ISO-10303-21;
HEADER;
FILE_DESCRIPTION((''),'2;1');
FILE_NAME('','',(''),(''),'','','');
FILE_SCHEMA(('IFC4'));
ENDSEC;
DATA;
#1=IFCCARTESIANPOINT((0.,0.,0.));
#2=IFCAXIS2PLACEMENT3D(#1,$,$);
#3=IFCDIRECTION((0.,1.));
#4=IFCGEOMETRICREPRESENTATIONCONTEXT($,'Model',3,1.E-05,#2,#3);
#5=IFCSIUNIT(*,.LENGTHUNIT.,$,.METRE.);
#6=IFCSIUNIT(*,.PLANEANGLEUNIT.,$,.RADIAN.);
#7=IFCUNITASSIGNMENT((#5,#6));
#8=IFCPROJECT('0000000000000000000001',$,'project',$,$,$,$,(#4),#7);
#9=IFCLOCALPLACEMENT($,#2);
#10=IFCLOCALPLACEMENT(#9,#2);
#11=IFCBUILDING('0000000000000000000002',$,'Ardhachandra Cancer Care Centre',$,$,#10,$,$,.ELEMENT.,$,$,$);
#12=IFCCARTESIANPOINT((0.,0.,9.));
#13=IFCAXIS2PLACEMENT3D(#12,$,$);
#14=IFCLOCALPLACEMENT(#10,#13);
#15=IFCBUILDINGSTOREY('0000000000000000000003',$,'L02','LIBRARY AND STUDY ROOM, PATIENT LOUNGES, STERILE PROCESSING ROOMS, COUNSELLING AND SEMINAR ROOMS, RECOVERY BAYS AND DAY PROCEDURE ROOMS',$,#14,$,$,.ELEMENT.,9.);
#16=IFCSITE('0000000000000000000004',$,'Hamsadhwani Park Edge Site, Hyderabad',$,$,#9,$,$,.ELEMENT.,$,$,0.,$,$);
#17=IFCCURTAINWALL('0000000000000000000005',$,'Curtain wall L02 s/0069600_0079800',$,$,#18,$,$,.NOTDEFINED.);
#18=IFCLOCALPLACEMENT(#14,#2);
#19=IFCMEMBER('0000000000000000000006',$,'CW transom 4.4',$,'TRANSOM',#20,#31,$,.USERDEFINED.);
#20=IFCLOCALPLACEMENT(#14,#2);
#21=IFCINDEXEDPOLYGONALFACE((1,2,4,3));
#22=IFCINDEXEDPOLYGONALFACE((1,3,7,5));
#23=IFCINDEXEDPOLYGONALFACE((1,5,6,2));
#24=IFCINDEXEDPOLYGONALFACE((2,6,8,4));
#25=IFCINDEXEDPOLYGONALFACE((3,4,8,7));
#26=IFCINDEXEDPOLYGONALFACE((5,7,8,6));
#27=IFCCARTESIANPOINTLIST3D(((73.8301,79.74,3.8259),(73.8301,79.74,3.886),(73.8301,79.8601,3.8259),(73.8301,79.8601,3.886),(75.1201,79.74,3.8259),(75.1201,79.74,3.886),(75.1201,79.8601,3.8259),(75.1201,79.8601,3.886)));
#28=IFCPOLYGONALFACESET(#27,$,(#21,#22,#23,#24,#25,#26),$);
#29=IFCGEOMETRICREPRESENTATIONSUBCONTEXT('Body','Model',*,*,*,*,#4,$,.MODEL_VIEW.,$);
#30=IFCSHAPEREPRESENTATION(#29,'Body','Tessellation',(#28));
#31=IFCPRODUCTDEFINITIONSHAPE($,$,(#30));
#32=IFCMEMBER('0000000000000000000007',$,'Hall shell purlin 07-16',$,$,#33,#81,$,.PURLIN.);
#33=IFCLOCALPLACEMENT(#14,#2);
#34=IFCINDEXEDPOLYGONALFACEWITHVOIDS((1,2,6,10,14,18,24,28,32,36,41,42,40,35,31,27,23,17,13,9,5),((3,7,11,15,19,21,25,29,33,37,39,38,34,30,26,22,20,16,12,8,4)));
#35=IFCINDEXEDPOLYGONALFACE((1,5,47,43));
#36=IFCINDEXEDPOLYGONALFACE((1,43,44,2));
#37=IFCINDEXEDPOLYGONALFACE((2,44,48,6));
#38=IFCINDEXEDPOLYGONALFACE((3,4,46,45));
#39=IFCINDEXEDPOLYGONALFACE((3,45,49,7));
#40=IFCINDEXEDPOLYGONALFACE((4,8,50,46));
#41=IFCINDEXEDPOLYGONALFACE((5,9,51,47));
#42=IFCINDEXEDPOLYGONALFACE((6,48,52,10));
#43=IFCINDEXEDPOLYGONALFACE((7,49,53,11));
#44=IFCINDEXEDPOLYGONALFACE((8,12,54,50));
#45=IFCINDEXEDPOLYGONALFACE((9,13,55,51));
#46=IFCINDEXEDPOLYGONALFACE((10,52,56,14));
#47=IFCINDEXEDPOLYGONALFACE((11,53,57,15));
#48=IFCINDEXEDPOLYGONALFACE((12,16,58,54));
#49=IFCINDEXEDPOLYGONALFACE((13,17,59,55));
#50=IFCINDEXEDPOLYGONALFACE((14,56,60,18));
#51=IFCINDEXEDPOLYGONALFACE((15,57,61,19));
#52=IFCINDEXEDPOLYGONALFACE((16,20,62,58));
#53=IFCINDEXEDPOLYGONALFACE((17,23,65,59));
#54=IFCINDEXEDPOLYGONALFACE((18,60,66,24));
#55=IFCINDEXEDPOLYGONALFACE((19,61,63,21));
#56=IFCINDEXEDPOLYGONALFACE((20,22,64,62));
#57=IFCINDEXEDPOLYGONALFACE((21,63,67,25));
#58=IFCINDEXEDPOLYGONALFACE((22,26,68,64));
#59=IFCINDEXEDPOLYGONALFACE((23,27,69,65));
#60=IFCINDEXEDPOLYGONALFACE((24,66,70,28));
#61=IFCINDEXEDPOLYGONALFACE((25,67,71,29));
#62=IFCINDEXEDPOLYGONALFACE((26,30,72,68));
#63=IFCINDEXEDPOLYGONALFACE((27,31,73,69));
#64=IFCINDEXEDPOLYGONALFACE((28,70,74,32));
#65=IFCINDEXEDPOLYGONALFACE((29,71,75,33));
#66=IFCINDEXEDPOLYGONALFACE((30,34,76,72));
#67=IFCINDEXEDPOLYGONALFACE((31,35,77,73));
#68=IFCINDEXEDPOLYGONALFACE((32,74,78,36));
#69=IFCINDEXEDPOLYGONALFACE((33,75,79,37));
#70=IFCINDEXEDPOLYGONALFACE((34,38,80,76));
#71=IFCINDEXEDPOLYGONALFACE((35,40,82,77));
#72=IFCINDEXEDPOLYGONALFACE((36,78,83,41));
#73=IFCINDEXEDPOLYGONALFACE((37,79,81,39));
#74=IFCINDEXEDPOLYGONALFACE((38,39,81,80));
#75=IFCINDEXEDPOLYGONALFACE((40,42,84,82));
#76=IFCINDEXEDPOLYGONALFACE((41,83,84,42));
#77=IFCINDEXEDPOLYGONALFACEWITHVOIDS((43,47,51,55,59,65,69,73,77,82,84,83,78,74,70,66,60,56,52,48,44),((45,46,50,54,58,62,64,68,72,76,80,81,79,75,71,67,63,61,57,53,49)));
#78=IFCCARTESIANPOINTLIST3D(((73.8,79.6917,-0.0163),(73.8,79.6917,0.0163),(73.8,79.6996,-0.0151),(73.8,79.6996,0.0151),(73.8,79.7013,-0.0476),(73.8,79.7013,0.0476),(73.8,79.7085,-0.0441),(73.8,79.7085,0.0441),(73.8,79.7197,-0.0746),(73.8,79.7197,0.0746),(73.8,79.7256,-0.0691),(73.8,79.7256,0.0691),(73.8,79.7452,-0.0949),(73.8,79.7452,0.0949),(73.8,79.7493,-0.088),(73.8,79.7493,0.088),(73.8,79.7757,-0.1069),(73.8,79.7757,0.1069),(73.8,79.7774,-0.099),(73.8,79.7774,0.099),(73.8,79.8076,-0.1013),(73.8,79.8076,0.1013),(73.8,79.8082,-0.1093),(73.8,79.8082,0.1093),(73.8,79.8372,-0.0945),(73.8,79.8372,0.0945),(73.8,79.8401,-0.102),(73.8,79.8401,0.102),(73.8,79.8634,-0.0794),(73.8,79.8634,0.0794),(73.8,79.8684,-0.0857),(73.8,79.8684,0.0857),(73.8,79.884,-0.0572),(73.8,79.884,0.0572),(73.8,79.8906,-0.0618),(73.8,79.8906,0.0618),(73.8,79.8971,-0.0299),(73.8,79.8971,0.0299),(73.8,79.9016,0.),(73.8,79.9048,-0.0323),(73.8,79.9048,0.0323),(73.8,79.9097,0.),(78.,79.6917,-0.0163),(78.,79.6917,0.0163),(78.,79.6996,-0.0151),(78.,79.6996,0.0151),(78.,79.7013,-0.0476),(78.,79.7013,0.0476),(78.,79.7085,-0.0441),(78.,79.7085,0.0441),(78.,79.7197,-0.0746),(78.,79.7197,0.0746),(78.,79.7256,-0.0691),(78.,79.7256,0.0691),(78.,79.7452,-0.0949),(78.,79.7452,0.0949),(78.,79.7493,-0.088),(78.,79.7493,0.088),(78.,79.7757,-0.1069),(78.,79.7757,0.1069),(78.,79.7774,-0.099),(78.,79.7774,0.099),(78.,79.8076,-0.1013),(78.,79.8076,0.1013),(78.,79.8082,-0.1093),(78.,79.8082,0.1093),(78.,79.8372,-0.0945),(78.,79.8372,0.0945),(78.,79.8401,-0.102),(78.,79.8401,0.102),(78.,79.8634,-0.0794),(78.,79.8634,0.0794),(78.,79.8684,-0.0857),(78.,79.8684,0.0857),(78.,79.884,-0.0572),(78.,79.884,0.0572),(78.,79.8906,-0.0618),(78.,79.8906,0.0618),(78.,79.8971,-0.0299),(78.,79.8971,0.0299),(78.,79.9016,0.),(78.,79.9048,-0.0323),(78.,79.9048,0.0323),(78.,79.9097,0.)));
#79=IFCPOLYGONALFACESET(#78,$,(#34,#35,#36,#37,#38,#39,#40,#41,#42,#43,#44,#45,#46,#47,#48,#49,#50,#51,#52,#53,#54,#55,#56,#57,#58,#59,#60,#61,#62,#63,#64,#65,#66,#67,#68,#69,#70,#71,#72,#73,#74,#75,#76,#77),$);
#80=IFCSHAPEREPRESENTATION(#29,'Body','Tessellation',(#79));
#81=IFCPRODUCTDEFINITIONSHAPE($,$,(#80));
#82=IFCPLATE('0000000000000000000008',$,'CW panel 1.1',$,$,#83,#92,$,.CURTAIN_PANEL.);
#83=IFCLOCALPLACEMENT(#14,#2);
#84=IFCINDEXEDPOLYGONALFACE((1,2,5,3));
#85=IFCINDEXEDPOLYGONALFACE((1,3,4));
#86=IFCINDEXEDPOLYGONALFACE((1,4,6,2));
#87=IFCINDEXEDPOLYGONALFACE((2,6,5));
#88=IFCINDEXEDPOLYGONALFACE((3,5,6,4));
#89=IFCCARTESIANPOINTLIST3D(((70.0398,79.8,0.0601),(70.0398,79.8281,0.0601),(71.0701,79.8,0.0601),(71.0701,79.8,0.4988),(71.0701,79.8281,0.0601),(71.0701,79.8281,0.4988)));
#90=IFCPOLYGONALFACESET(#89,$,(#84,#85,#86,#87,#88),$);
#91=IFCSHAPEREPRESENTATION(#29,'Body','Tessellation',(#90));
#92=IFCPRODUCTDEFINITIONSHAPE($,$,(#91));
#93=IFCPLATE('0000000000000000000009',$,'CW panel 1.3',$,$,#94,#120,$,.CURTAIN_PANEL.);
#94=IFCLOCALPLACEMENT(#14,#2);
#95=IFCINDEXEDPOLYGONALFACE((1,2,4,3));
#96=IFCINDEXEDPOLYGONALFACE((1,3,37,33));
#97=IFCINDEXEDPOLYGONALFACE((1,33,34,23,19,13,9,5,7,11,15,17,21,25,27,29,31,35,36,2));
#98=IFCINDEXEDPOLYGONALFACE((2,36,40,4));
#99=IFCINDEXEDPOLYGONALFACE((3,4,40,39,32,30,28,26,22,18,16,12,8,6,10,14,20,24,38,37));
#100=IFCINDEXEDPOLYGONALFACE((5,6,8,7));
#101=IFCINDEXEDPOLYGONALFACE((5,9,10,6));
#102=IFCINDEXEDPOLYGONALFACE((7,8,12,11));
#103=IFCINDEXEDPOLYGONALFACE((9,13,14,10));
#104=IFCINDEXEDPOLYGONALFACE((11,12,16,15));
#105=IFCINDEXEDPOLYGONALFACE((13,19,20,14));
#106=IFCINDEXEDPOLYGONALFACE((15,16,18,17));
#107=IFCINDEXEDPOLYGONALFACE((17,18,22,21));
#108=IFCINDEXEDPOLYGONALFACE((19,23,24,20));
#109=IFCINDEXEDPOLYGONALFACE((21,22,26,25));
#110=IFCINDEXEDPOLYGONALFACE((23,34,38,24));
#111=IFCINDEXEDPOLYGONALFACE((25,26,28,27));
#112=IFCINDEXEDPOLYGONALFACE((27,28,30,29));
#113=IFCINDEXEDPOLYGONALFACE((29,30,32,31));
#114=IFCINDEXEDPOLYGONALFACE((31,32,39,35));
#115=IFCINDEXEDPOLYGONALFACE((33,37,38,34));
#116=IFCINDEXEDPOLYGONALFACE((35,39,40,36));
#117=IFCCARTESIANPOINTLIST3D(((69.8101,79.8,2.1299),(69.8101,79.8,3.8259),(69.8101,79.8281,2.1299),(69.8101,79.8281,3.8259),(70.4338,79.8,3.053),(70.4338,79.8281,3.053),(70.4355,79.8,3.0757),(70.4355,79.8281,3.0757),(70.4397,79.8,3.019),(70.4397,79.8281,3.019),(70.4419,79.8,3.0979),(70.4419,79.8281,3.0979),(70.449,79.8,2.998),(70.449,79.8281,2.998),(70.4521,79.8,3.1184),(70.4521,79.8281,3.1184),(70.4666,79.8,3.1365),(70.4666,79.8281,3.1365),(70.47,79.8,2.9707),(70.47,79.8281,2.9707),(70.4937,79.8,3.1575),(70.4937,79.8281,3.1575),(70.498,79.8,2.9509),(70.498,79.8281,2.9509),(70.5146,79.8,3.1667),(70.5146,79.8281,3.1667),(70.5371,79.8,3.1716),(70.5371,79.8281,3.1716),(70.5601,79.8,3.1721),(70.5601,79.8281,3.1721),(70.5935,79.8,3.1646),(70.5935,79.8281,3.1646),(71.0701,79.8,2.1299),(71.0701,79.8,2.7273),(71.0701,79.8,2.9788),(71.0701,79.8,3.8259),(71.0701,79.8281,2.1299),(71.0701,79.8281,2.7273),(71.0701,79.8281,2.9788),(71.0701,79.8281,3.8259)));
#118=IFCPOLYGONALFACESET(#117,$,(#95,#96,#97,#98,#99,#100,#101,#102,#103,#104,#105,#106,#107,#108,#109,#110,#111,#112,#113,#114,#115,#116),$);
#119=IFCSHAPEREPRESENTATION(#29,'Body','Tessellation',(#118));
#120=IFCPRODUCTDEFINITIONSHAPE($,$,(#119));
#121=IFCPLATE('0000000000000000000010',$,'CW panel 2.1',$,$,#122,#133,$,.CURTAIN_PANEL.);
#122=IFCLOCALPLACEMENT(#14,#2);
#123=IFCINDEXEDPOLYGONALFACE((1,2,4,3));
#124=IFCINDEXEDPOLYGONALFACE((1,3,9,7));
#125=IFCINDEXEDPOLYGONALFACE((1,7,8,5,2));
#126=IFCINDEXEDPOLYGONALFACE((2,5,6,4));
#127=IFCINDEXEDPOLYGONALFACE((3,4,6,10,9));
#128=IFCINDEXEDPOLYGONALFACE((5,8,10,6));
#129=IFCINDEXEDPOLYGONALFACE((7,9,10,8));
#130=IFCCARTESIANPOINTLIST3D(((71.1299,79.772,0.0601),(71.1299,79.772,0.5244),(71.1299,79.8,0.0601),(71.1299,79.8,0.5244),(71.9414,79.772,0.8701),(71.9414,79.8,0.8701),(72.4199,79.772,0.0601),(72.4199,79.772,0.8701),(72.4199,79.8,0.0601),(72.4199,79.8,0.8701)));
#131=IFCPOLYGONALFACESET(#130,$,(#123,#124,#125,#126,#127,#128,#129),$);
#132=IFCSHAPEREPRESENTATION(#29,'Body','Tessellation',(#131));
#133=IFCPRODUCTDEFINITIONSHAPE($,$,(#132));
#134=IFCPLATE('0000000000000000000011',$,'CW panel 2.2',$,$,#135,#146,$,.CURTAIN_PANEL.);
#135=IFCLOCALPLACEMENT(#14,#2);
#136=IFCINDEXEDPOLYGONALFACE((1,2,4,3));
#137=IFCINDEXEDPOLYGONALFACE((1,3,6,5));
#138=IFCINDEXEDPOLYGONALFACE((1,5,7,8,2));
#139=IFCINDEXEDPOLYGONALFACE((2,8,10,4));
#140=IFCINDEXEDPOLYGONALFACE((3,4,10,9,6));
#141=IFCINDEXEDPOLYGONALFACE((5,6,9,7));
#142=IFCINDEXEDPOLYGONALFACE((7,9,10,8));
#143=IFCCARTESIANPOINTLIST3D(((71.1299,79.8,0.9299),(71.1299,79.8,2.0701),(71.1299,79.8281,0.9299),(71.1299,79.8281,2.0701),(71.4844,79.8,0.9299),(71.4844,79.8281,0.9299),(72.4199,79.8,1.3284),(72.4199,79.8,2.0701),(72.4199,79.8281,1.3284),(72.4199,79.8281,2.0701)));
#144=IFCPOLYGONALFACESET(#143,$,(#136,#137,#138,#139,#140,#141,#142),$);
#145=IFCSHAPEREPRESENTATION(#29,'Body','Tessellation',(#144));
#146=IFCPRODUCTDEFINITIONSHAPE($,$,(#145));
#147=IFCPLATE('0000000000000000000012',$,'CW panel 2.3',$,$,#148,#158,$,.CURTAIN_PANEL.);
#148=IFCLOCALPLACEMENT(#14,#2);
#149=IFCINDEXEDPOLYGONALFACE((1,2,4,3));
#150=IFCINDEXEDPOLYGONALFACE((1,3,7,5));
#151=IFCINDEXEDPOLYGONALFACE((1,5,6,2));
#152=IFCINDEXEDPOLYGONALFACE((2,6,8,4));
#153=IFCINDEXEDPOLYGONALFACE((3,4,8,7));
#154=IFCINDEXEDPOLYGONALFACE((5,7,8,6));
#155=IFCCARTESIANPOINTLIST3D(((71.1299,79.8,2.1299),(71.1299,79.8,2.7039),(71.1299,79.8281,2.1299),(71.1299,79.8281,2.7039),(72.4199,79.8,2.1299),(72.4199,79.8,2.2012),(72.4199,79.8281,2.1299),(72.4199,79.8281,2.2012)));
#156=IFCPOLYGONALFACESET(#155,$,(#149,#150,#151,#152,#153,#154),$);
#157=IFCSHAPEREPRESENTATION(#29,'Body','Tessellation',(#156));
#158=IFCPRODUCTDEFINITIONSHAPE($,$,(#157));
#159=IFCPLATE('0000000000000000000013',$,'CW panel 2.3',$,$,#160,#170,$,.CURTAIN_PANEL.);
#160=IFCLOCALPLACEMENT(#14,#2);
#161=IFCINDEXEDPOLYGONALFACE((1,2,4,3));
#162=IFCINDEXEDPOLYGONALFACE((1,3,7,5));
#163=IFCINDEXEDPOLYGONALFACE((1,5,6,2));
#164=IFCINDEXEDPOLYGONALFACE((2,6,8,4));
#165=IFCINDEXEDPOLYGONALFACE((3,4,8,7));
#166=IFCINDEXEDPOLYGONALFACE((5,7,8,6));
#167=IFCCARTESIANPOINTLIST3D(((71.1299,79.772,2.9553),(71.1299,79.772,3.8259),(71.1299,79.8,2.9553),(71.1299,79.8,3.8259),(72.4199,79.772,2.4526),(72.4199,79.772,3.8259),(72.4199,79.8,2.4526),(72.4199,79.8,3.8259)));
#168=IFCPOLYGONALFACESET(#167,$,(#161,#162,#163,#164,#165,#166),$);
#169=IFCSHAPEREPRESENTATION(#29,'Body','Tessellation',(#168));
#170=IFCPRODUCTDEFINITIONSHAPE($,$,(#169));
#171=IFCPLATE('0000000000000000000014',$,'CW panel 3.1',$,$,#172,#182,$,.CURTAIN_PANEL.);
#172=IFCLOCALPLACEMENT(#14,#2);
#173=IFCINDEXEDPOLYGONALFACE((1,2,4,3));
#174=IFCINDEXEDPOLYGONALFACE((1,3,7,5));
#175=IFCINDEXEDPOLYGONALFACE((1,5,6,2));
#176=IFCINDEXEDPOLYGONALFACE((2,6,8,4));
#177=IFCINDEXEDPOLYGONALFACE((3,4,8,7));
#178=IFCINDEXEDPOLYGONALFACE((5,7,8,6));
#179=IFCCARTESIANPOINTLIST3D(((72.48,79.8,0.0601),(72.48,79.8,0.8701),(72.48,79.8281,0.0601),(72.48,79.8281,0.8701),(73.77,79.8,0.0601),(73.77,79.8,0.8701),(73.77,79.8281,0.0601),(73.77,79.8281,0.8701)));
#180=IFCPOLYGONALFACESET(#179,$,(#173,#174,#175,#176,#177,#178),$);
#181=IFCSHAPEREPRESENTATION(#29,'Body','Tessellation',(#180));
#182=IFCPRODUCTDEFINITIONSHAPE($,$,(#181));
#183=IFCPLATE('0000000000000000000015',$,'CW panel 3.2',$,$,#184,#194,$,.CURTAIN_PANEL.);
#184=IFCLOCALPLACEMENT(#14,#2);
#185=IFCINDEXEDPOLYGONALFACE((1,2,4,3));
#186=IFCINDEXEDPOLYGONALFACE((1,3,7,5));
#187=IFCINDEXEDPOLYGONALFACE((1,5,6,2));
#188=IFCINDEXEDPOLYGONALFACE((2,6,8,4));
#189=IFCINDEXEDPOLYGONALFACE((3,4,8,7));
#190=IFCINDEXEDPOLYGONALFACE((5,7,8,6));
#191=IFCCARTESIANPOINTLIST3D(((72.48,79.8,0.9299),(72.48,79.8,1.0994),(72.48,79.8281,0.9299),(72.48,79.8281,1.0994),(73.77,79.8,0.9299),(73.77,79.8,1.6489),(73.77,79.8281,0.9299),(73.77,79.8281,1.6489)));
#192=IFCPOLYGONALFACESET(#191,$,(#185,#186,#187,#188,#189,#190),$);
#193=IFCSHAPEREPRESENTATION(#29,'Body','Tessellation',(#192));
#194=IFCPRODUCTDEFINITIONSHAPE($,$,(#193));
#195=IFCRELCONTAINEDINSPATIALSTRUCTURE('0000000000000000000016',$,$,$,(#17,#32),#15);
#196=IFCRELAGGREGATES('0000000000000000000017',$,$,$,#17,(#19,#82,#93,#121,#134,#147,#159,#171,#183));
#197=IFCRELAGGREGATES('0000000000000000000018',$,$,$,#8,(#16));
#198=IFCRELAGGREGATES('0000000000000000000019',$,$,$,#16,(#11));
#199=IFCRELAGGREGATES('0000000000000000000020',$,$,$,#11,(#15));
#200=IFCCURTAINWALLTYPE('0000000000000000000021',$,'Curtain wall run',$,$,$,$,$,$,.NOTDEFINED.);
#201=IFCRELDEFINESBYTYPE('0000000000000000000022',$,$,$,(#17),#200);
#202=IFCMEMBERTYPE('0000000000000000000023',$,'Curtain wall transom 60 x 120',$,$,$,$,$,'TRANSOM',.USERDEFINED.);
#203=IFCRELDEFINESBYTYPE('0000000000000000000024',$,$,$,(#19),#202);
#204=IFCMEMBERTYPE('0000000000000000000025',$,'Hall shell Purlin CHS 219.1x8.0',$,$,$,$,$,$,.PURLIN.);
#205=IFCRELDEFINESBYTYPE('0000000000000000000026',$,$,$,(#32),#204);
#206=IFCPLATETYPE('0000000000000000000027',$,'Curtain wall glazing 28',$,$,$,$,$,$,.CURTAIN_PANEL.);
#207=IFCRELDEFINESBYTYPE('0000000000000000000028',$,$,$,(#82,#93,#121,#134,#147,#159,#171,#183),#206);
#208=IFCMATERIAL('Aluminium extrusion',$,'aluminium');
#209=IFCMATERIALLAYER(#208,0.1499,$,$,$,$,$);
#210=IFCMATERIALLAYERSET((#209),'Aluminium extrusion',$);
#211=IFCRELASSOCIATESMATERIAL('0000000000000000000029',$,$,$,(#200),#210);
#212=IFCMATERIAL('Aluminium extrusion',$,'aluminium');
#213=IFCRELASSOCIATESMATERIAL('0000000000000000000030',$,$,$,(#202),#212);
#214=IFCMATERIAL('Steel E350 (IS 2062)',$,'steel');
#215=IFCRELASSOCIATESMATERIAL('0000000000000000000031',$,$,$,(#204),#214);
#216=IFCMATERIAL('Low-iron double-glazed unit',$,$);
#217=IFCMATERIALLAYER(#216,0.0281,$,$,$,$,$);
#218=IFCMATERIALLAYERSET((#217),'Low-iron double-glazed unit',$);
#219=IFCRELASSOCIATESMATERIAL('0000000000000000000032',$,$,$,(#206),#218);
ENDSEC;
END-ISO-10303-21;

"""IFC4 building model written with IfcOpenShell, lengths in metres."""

from ifc_helpers import new_model, si_unit, direction, frame, origin, origin_2d, place, context, subcontext, project, spatial, polyline, rectangle, hollow_circle, outline, extrude, material, layer, layer_set, material_profile, profile_set, type_object, element, aggregate, save


model = new_model("IFC4")

# Units and contexts
model_context = context("Model", 3, precision=1e-05, world=origin(), true_north=direction((0.0, 1.0)))
body_context = subcontext(model_context, "Body", "Model", "MODEL_VIEW")
ifc_project = project(units=[si_unit("LENGTHUNIT", "METRE"), si_unit("PLANEANGLEUNIT", "RADIAN")], contexts=[model_context])

# Site, building, storey
site_placement = place(None, origin())
site = spatial("IfcSite", under=ifc_project, at=site_placement, Name="Hamsadhwani Park Edge Site, Hyderabad", CompositionType="ELEMENT", RefElevation=0.0)
building_placement = place(site_placement, origin())
building = spatial("IfcBuilding", under=site, at=building_placement, Name="Ardhachandra Cancer Care Centre", CompositionType="ELEMENT")
storey_placement = place(building_placement, frame((0.0, 0.0, 9.0)))
storey = spatial("IfcBuildingStorey", under=building, at=storey_placement, Name="L02", Description="LIBRARY AND STUDY ROOM, PATIENT LOUNGES, STERILE PROCESSING ROOMS, COUNSELLING AND SEMINAR ROOMS, RECOVERY BAYS AND DAY PROCEDURE ROOMS", CompositionType="ELEMENT", Elevation=9.0)

# Curtain wall, member
ifc_material_1 = material(Name="Aluminium extrusion", Category="aluminium")
ifc_layer_1 = layer(ifc_material_1, 0.1499)
ifc_layer_set_1 = layer_set([ifc_layer_1], Name="Aluminium extrusion")
curtain_wall_type = type_object("IfcCurtainWallType", Name="Curtain wall run", PredefinedType="NOTDEFINED", material=ifc_layer_set_1)
curtain_wall_placement = place(storey_placement, origin())
curtain_wall = element("IfcCurtainWall", 1, at=curtain_wall_placement, inside=storey, type_object=curtain_wall_type, Name="Curtain wall L02 s/0069600_0079800", PredefinedType="NOTDEFINED")
ifc_material_2 = material(Name="Aluminium extrusion", Category="aluminium")
ifc_material_profile_1 = material_profile(ifc_material_2, rectangle(XDim=0.1201, YDim=0.0601, at=origin_2d()), Name="Curtain wall transom 60 x 120")
ifc_profile_set_1 = profile_set([ifc_material_profile_1], Name="Aluminium extrusion")
member_type_1 = type_object("IfcMemberType", Name="Curtain wall transom 60 x 120", ElementType="TRANSOM", PredefinedType="USERDEFINED", material=ifc_profile_set_1)
member_1_placement = place(storey_placement, frame((73.8301, 79.8, 3.856), z_axis=(1.0, 0.0, 0.0), x_axis=(0.0, 1.0, 0.0)))
member_1 = element("IfcMember", 2, at=member_1_placement, type_object=member_type_1, Name="CW transom 4.4", ObjectType="TRANSOM", PredefinedType="USERDEFINED", context=body_context, shape_type="SweptSolid", body=[
    extrude(rectangle(XDim=0.1201, YDim=0.0601, at=origin_2d()), origin(), (0.0, 0.0, 1.0), 1.29),
])

# Member
ifc_material_3 = material(Name="Steel E350 (IS 2062)", Category="steel")
ifc_material_profile_2 = material_profile(ifc_material_3, hollow_circle(Radius=0.1096, WallThickness=0.0081, at=origin_2d()), Name="CHS 219.1x8.0")
ifc_profile_set_2 = profile_set([ifc_material_profile_2], Name="Steel E350 (IS 2062)")
member_type_2 = type_object("IfcMemberType", Name="Hall shell Purlin CHS 219.1x8.0", PredefinedType="PURLIN", material=ifc_profile_set_2)
member_2_placement = place(storey_placement, frame((73.8, 79.8, 0.0), z_axis=(1.0, 0.0, 0.0), x_axis=(0.0, 1.0, 0.0)))
element("IfcMember", 3, at=member_2_placement, inside=storey, type_object=member_type_2, Name="Hall shell purlin 07-16", PredefinedType="PURLIN", context=body_context, shape_type="SweptSolid", body=[
    extrude(hollow_circle(Radius=0.1096, WallThickness=0.0081, at=origin_2d()), origin(), (0.0, 0.0, 1.0), 4.2),
])

# Plates
ifc_material_4 = material(Name="Low-iron double-glazed unit")
ifc_layer_2 = layer(ifc_material_4, 0.0281)
ifc_layer_set_2 = layer_set([ifc_layer_2], Name="Low-iron double-glazed unit")
plate_type = type_object("IfcPlateType", Name="Curtain wall glazing 28", PredefinedType="CURTAIN_PANEL", material=ifc_layer_set_2)
plate_1_placement = place(storey_placement, frame((71.0701, 79.8, 0.0601), z_axis=(0.0, 1.0, 0.0), x_axis=(-1.0, 0.0, 0.0)))
plate_1 = element("IfcPlate", 4, at=plate_1_placement, type_object=plate_type, Name="CW panel 1.1", PredefinedType="CURTAIN_PANEL", context=body_context, shape_type="SweptSolid", body=[
    extrude(outline(polyline([(0.0, 0.0), (1.0303, 0.0), (0.0, 0.4387), (0.0, 0.0)])), origin(), (0.0, 0.0, 1.0), 0.0281),
])
plate_2_placement = place(storey_placement, frame((71.0701, 79.8, 2.1299), z_axis=(0.0, 1.0, 0.0), x_axis=(-1.0, 0.0, 0.0)))
plate_2 = element("IfcPlate", 5, at=plate_2_placement, type_object=plate_type, Name="CW panel 1.3", PredefinedType="CURTAIN_PANEL", context=body_context, shape_type="SweptSolid", body=[
    extrude(outline(polyline([(0.0, 0.0), (1.26, 0.0), (1.26, 1.696), (0.0, 1.696), (0.0, 0.8489), (0.4766, 1.0347), (0.51, 1.0422), (0.533, 1.0417), (0.5554, 1.0369), (0.5764, 1.0276), (0.6035, 1.0066), (0.6179, 0.9885), (0.6282, 0.968), (0.6345, 0.9458), (0.6362, 0.9231), (0.6304, 0.8892), (0.6211, 0.8682), (0.6001, 0.8408), (0.572, 0.821), (0.0, 0.5974), (0.0, 0.0)])), origin(), (0.0, 0.0, 1.0), 0.0281),
])
plate_3_placement = place(storey_placement, frame((72.4199, 79.8, 0.8701), z_axis=(0.0, 1.0, 0.0), x_axis=(0.0, 0.0, -1.0)))
plate_3 = element("IfcPlate", 6, at=plate_3_placement, type_object=plate_type, Name="CW panel 2.1", PredefinedType="CURTAIN_PANEL", context=body_context, shape_type="SweptSolid", body=[
    extrude(outline(polyline([(0.0, 0.0), (0.8101, 0.0), (0.8101, 1.29), (0.3457, 1.29), (0.0, 0.4785), (0.0, 0.0)])), frame((0.0, 0.0, -0.0281)), (0.0, 0.0, 1.0), 0.0281),
])
plate_4_placement = place(storey_placement, frame((71.1299, 79.8, 0.9299), z_axis=(0.0, 1.0, 0.0), x_axis=(0.0, 0.0, 1.0)))
plate_4 = element("IfcPlate", 7, at=plate_4_placement, type_object=plate_type, Name="CW panel 2.2", PredefinedType="CURTAIN_PANEL", context=body_context, shape_type="SweptSolid", body=[
    extrude(outline(polyline([(0.0, 0.0), (1.1401, 0.0), (1.1401, 1.29), (0.3984, 1.29), (0.0, 0.3545), (0.0, 0.0)])), origin(), (0.0, 0.0, 1.0), 0.0281),
])
plate_5_placement = place(storey_placement, frame((72.4199, 79.8, 2.1299), z_axis=(0.0, 1.0, 0.0), x_axis=(-1.0, 0.0, 0.0)))
plate_5 = element("IfcPlate", 8, at=plate_5_placement, type_object=plate_type, Name="CW panel 2.3", PredefinedType="CURTAIN_PANEL", context=body_context, shape_type="SweptSolid", body=[
    extrude(outline(polyline([(0.0, 0.0), (1.29, 0.0), (1.29, 0.574), (0.0, 0.0713), (0.0, 0.0)])), origin(), (0.0, 0.0, 1.0), 0.0281),
])
plate_6_placement = place(storey_placement, frame((71.1299, 79.8, 3.8259), z_axis=(0.0, 1.0, 0.0), x_axis=(1.0, 0.0, 0.0)))
plate_6 = element("IfcPlate", 9, at=plate_6_placement, type_object=plate_type, Name="CW panel 2.3", PredefinedType="CURTAIN_PANEL", context=body_context, shape_type="SweptSolid", body=[
    extrude(outline(polyline([(0.0, 0.0), (1.29, 0.0), (1.29, 1.3733), (0.0, 0.8706), (0.0, 0.0)])), frame((0.0, 0.0, -0.0281)), (0.0, 0.0, 1.0), 0.0281),
])
plate_7_placement = place(storey_placement, frame((72.48, 79.8, 0.0601), z_axis=(0.0, 1.0, 0.0), x_axis=(0.0, 0.0, 1.0)))
plate_7 = element("IfcPlate", 10, at=plate_7_placement, type_object=plate_type, Name="CW panel 3.1", PredefinedType="CURTAIN_PANEL", context=body_context, shape_type="SweptSolid", body=[
    extrude(outline(polyline([(0.0, 0.0), (0.8101, 0.0), (0.8101, 1.29), (0.0, 1.29), (0.0, 0.0)])), origin(), (0.0, 0.0, 1.0), 0.0281),
])
plate_8_placement = place(storey_placement, frame((73.77, 79.8, 0.9299), z_axis=(0.0, 1.0, 0.0), x_axis=(-1.0, 0.0, 0.0)))
plate_8 = element("IfcPlate", 11, at=plate_8_placement, type_object=plate_type, Name="CW panel 3.2", PredefinedType="CURTAIN_PANEL", context=body_context, shape_type="SweptSolid", body=[
    extrude(outline(polyline([(0.0, 0.0), (1.29, 0.0), (1.29, 0.1694), (0.0, 0.719), (0.0, 0.0)])), origin(), (0.0, 0.0, 1.0), 0.0281),
])
aggregate(curtain_wall, [member_1, plate_1, plate_2, plate_3, plate_4, plate_5, plate_6, plate_7, plate_8])

save(model, "model.ifc")
